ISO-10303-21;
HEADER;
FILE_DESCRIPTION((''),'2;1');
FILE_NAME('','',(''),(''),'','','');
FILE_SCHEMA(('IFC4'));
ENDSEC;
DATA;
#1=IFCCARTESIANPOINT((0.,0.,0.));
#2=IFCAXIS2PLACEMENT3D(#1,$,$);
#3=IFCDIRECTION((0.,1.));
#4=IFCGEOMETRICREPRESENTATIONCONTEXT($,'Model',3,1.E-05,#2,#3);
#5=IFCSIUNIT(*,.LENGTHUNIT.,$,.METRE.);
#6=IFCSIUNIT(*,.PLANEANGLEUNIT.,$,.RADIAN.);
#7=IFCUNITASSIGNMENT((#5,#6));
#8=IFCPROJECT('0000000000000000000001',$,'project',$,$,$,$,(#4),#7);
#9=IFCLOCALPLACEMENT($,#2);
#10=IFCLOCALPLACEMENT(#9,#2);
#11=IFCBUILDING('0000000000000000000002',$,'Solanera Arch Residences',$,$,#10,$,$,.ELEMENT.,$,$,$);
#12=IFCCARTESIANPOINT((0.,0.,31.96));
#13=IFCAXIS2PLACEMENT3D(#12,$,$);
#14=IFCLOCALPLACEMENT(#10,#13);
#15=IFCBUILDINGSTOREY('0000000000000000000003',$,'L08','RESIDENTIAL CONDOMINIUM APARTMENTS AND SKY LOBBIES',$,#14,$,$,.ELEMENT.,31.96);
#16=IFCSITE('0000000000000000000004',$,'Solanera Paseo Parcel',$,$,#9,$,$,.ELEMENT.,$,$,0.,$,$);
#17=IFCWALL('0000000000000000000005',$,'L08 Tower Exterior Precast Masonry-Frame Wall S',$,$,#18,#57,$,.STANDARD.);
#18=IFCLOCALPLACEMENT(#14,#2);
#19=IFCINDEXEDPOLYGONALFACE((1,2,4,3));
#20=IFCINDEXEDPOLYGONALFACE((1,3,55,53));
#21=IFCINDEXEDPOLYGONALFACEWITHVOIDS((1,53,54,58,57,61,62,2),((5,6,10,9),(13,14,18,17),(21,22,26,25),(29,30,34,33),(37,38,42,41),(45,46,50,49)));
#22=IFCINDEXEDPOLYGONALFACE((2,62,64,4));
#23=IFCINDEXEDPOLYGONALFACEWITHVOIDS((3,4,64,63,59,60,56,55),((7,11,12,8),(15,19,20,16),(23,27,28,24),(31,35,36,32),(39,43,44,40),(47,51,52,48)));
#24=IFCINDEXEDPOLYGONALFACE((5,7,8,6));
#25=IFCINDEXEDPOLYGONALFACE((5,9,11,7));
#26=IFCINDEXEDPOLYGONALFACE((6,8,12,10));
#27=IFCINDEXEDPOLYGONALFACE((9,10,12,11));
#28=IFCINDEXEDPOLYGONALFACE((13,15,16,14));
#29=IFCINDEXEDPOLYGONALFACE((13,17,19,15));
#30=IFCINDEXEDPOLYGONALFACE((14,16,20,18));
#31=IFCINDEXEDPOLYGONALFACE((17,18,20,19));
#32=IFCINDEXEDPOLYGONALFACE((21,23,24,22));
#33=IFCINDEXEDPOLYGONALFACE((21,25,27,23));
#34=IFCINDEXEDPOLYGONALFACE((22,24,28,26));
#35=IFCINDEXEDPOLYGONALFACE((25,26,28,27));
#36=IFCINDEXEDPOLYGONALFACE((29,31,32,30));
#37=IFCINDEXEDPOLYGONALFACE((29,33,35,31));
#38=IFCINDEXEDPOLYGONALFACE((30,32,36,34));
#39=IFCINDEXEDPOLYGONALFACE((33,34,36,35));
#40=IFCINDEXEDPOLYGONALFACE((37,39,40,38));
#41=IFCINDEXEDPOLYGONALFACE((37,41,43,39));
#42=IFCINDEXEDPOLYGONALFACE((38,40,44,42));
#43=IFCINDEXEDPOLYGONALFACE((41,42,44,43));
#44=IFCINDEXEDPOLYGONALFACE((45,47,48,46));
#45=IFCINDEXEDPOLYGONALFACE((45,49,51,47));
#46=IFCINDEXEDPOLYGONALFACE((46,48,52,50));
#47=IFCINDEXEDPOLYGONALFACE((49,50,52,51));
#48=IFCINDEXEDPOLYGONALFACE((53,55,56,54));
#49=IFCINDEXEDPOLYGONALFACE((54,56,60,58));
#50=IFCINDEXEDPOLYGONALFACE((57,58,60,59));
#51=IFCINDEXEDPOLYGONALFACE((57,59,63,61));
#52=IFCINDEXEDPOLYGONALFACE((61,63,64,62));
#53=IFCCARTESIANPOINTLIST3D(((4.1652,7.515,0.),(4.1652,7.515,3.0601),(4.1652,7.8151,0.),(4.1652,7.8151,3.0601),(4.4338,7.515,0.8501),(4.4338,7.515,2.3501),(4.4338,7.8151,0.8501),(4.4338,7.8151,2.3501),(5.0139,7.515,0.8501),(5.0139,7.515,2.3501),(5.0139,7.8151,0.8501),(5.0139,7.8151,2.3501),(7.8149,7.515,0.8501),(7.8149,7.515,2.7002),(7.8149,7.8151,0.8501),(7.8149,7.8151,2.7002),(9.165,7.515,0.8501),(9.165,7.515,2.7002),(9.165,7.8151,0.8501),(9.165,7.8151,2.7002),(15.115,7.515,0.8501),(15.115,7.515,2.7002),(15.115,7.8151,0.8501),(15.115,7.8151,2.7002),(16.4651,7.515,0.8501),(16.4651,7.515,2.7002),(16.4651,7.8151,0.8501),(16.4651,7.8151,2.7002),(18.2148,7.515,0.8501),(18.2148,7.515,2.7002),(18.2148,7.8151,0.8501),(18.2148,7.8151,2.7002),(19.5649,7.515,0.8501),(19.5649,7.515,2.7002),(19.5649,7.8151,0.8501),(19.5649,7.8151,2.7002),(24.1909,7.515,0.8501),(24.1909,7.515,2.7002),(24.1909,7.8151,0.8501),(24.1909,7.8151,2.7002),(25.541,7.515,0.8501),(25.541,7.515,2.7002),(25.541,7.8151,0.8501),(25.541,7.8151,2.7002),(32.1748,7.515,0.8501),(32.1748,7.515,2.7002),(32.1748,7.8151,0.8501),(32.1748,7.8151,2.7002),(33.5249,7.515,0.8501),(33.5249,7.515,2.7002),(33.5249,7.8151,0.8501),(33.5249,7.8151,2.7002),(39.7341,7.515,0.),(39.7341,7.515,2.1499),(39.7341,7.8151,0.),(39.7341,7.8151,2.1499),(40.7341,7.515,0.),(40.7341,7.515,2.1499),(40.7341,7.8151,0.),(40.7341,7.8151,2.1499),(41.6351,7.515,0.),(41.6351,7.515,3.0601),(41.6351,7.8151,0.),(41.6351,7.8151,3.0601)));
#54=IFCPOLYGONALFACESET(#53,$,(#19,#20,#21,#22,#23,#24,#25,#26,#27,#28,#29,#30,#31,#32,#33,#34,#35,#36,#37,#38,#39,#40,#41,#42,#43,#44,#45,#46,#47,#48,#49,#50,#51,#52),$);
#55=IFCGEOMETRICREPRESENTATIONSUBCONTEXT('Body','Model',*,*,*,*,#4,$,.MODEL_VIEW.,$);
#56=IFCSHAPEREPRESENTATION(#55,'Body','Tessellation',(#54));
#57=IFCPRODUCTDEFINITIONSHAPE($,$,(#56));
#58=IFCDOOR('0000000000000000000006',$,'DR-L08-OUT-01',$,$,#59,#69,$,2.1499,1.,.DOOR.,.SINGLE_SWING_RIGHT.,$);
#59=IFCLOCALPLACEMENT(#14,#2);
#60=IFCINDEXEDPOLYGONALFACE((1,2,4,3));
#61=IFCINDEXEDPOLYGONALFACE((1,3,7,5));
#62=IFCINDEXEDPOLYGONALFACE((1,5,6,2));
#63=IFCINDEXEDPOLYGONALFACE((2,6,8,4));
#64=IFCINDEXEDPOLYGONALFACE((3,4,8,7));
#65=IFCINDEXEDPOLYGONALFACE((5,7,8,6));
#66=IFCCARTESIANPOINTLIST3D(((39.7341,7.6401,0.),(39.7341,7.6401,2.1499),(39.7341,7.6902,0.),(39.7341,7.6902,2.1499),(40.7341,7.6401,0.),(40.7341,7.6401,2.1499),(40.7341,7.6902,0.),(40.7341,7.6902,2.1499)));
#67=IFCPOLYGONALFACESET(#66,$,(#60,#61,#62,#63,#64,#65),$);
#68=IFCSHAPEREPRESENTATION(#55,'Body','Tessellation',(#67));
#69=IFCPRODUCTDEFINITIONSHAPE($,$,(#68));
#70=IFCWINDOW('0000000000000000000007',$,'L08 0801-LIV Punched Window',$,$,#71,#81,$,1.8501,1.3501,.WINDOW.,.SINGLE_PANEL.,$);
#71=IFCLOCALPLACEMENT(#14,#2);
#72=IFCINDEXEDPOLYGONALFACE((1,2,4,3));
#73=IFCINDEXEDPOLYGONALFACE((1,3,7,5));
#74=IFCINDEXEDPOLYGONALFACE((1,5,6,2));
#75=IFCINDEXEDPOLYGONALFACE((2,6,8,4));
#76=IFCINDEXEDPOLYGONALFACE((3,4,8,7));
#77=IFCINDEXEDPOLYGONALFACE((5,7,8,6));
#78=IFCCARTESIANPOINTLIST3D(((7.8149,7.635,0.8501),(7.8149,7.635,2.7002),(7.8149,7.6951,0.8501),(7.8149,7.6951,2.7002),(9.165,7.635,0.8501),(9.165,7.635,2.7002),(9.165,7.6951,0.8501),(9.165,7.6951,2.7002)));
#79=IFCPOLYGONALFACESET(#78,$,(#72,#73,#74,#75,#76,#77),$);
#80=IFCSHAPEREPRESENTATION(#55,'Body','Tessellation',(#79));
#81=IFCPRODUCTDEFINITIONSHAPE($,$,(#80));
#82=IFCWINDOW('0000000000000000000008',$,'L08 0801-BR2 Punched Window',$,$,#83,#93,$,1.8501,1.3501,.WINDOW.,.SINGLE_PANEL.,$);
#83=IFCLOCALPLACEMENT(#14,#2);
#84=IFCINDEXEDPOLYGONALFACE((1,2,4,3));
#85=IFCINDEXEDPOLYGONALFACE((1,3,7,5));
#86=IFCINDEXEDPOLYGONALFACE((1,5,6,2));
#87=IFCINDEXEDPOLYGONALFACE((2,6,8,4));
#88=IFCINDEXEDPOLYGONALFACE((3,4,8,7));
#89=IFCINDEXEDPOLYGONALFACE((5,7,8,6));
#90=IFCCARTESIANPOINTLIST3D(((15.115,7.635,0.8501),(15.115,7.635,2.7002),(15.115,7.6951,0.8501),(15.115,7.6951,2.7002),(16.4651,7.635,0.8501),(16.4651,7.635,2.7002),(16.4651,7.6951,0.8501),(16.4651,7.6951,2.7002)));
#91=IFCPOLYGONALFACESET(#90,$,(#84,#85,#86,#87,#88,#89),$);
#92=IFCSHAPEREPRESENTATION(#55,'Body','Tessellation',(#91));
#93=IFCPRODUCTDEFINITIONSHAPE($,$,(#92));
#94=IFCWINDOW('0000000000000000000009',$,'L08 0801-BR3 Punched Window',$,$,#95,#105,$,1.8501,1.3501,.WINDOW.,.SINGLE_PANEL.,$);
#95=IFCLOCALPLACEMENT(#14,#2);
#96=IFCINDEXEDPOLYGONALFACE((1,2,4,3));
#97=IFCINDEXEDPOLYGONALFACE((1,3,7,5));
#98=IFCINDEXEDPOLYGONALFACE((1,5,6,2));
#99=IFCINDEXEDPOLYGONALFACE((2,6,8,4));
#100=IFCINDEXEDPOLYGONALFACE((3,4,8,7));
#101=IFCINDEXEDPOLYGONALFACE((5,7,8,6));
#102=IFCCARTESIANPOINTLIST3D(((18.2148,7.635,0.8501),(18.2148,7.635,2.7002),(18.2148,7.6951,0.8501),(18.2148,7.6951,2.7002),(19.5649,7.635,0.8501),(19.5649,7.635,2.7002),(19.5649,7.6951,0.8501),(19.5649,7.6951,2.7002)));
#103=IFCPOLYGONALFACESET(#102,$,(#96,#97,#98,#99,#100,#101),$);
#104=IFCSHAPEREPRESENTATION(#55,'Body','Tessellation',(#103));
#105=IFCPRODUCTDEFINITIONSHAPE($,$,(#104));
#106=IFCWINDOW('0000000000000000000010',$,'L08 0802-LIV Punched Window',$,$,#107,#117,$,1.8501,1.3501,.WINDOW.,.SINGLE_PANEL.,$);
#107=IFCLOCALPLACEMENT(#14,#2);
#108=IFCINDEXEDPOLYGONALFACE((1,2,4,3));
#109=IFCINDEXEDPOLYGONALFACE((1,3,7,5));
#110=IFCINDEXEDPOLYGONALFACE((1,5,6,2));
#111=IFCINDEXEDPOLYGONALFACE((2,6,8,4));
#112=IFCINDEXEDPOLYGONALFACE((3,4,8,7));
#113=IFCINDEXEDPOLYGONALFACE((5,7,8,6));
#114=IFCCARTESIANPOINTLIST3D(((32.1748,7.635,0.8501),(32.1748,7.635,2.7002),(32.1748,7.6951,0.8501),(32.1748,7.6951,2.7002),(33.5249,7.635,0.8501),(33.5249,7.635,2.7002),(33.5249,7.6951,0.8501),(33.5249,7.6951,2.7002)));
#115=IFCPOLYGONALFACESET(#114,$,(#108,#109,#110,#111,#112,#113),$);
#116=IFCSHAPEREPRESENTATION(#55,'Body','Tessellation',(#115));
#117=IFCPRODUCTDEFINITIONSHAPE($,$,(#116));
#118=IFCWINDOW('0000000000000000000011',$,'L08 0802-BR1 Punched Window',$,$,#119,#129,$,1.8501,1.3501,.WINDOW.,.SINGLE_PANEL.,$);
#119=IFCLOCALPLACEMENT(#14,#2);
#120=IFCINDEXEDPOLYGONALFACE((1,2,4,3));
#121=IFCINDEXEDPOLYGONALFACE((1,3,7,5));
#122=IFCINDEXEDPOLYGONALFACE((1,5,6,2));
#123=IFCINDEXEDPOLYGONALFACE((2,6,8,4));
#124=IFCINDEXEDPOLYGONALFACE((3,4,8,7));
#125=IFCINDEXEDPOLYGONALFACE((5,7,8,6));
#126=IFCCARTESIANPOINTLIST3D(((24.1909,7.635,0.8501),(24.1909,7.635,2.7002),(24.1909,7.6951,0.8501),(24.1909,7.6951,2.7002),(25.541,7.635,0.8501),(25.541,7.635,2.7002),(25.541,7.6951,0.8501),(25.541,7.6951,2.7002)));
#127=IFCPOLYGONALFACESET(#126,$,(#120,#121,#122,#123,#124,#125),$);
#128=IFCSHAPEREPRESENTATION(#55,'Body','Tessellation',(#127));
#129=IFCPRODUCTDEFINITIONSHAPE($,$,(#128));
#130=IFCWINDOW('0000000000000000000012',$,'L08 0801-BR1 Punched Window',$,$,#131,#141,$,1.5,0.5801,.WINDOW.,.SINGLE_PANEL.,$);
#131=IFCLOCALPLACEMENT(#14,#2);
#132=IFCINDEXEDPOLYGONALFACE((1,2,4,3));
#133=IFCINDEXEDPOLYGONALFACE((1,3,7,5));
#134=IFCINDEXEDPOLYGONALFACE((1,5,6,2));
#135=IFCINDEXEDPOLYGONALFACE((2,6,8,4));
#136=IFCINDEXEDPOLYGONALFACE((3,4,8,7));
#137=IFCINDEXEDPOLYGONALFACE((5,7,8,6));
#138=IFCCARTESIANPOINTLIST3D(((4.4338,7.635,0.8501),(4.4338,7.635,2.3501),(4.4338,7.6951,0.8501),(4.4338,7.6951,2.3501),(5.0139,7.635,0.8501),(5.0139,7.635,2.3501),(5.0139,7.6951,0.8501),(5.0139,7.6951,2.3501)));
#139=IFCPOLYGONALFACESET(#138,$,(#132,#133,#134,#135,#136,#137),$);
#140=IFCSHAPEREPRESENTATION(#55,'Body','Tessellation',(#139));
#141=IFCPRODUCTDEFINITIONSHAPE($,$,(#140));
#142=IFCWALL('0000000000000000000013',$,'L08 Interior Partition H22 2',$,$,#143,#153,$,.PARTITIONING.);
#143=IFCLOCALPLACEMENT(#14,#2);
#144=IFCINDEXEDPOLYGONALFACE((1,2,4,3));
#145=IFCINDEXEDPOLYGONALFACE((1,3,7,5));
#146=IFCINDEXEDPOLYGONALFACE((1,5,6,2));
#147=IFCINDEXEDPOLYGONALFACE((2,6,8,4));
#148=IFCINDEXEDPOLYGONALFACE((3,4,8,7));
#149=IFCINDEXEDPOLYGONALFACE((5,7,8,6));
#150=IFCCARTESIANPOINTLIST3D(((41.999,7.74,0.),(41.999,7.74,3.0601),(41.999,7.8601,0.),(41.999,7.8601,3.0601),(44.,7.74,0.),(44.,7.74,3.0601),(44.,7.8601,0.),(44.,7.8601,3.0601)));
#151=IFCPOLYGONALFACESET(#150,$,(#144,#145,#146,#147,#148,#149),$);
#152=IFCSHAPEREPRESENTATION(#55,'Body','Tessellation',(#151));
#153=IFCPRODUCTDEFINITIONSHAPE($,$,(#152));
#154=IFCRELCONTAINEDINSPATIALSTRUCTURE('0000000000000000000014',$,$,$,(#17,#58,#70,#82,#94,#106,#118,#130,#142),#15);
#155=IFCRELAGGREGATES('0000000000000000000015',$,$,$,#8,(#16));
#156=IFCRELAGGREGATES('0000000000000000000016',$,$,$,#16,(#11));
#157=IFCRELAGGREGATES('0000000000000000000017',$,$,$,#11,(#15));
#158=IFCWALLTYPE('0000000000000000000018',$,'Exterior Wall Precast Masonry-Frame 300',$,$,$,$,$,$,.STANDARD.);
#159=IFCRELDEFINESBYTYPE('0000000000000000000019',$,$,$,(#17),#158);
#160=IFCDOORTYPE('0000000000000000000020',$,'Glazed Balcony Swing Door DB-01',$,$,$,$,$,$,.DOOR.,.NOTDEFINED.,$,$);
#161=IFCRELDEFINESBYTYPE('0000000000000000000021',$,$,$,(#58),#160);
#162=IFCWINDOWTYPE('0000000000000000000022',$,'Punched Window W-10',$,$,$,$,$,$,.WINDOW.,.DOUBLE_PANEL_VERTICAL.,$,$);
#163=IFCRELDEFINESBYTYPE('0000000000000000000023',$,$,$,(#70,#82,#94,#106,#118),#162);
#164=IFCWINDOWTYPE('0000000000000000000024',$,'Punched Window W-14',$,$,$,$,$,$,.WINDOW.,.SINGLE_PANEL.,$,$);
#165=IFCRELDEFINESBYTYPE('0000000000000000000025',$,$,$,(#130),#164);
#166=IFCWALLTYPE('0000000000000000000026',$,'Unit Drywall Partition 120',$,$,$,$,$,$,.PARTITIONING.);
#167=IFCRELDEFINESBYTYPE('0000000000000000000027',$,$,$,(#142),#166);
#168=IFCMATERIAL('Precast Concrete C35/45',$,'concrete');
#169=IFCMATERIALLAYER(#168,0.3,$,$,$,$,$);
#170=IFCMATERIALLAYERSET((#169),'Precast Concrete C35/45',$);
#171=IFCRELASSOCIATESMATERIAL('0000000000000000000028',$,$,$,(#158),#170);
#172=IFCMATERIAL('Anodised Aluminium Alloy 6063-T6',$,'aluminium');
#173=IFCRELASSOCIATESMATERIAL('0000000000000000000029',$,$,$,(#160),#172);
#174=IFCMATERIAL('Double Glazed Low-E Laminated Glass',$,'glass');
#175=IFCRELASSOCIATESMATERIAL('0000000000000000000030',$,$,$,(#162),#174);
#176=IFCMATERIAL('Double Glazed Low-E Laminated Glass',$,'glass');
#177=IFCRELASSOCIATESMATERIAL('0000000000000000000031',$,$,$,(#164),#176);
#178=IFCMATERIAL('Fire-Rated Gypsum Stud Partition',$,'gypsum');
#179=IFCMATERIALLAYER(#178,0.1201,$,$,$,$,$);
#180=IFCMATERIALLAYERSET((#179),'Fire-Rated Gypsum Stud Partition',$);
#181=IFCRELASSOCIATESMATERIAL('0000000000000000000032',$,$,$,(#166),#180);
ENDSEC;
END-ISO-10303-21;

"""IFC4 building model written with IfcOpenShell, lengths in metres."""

from ifc_helpers import new_model, si_unit, direction, frame, frame_2d, origin, place, context, subcontext, project, spatial, rectangle, extrude, material, layer, layer_set, type_object, element, fill, save


model = new_model("IFC4")

# Units and contexts
model_context = context("Model", 3, precision=1e-05, world=origin(), true_north=direction((0.0, 1.0)))
body_context = subcontext(model_context, "Body", "Model", "MODEL_VIEW")
ifc_project = project(units=[si_unit("LENGTHUNIT", "METRE"), si_unit("PLANEANGLEUNIT", "RADIAN")], contexts=[model_context])

# Site, building, storey
site_placement = place(None, origin())
site = spatial("IfcSite", under=ifc_project, at=site_placement, Name="Solanera Paseo Parcel", CompositionType="ELEMENT", RefElevation=0.0)
building_placement = place(site_placement, origin())
building = spatial("IfcBuilding", under=site, at=building_placement, Name="Solanera Arch Residences", CompositionType="ELEMENT")
storey_placement = place(building_placement, frame((0.0, 0.0, 31.96)))
storey = spatial("IfcBuildingStorey", under=building, at=storey_placement, Name="L08", Description="RESIDENTIAL CONDOMINIUM APARTMENTS AND SKY LOBBIES", CompositionType="ELEMENT", Elevation=31.96)

# Shared definitions
ifc_material_1 = material(Name="Precast Concrete C35/45", Category="concrete")
ifc_layer_1 = layer(ifc_material_1, 0.3)
ifc_layer_set_1 = layer_set([ifc_layer_1], Name="Precast Concrete C35/45")
wall_type_1 = type_object("IfcWallType", Name="Exterior Wall Precast Masonry-Frame 300", PredefinedType="STANDARD", material=ifc_layer_set_1)

# Wall, openings, door, windows
wall_1_placement = place(storey_placement, frame((41.635, 7.665, 0.0), z_axis=(0.0, 0.0, 1.0), x_axis=(-1.0, 0.0, 0.0)))
wall_1 = element("IfcWall", 1, at=wall_1_placement, inside=storey, type_object=wall_type_1, Name="L08 Tower Exterior Precast Masonry-Frame Wall S", PredefinedType="STANDARD", context=body_context, shape_type="SweptSolid", body=[
    extrude(rectangle(XDim=37.47, YDim=0.3, at=frame_2d((18.7349, 0.0))), origin(), (0.0, 0.0, 1.0), 3.0601),
])
opening_1_placement = place(wall_1_placement, frame((0.9009, 0.0, 0.0)))
opening_1 = element("IfcOpeningElement", 2, at=opening_1_placement, cuts=wall_1, PredefinedType="OPENING", context=body_context, shape_type="SweptSolid", body=[
    extrude(rectangle(XDim=1.0, YDim=2.1499, at=frame_2d((0.5, 1.075))), frame((0.0, 0.1599, 0.0), z_axis=(0.0, -1.0, 0.0), x_axis=(1.0, 0.0, 0.0)), (0.0, 0.0, 1.0), 0.32),
])
opening_2_placement = place(wall_1_placement, frame((32.47, 0.0, 0.8501)))
opening_2 = element("IfcOpeningElement", 3, at=opening_2_placement, cuts=wall_1, PredefinedType="OPENING", context=body_context, shape_type="SweptSolid", body=[
    extrude(rectangle(XDim=1.3501, YDim=1.8501, at=frame_2d((0.675, 0.925))), frame((0.0, 0.1599, 0.0), z_axis=(0.0, -1.0, 0.0), x_axis=(1.0, 0.0, 0.0)), (0.0, 0.0, 1.0), 0.32),
])
opening_3_placement = place(wall_1_placement, frame((36.6211, 0.0, 0.8501)))
opening_3 = element("IfcOpeningElement", 4, at=opening_3_placement, cuts=wall_1, PredefinedType="OPENING", context=body_context, shape_type="SweptSolid", body=[
    extrude(rectangle(XDim=0.5801, YDim=1.5, at=frame_2d((0.29, 0.75))), frame((0.0, 0.1599, 0.0), z_axis=(0.0, -1.0, 0.0), x_axis=(1.0, 0.0, 0.0)), (0.0, 0.0, 1.0), 0.32),
])
opening_4_placement = place(wall_1_placement, frame((25.1699, 0.0, 0.8501)))
opening_4 = element("IfcOpeningElement", 5, at=opening_4_placement, cuts=wall_1, PredefinedType="OPENING", context=body_context, shape_type="SweptSolid", body=[
    extrude(rectangle(XDim=1.3501, YDim=1.8501, at=frame_2d((0.675, 0.925))), frame((0.0, 0.1599, 0.0), z_axis=(0.0, -1.0, 0.0), x_axis=(1.0, 0.0, 0.0)), (0.0, 0.0, 1.0), 0.32),
])
opening_5_placement = place(wall_1_placement, frame((22.0701, 0.0, 0.8501)))
opening_5 = element("IfcOpeningElement", 6, at=opening_5_placement, cuts=wall_1, PredefinedType="OPENING", context=body_context, shape_type="SweptSolid", body=[
    extrude(rectangle(XDim=1.3501, YDim=1.8501, at=frame_2d((0.675, 0.925))), frame((0.0, 0.1599, 0.0), z_axis=(0.0, -1.0, 0.0), x_axis=(1.0, 0.0, 0.0)), (0.0, 0.0, 1.0), 0.32),
])
opening_6_placement = place(wall_1_placement, frame((8.1101, 0.0, 0.8501)))
opening_6 = element("IfcOpeningElement", 7, at=opening_6_placement, cuts=wall_1, PredefinedType="OPENING", context=body_context, shape_type="SweptSolid", body=[
    extrude(rectangle(XDim=1.3501, YDim=1.8501, at=frame_2d((0.675, 0.925))), frame((0.0, 0.1599, 0.0), z_axis=(0.0, -1.0, 0.0), x_axis=(1.0, 0.0, 0.0)), (0.0, 0.0, 1.0), 0.32),
])
opening_7_placement = place(wall_1_placement, frame((16.094, 0.0, 0.8501)))
opening_7 = element("IfcOpeningElement", 8, at=opening_7_placement, cuts=wall_1, PredefinedType="OPENING", context=body_context, shape_type="SweptSolid", body=[
    extrude(rectangle(XDim=1.3501, YDim=1.8501, at=frame_2d((0.675, 0.925))), frame((0.0, 0.1599, 0.0), z_axis=(0.0, -1.0, 0.0), x_axis=(1.0, 0.0, 0.0)), (0.0, 0.0, 1.0), 0.32),
])
ifc_material_2 = material(Name="Anodised Aluminium Alloy 6063-T6", Category="aluminium")
door_type_1 = type_object("IfcDoorType", Name="Glazed Balcony Swing Door DB-01", OperationType="NOTDEFINED", PredefinedType="DOOR", material=ifc_material_2)
door_1_placement = place(opening_1_placement, origin())
door_1 = element("IfcDoor", 9, at=door_1_placement, inside=storey, type_object=door_type_1, Name="DR-L08-OUT-01", OperationType="SINGLE_SWING_RIGHT", OverallHeight=2.1499, OverallWidth=1.0, PredefinedType="DOOR", context=body_context, shape_type="SweptSolid", body=[
    extrude(rectangle(XDim=1.0, YDim=2.1499, at=frame_2d((0.5, 1.075))), frame((0.0, 0.0249, 0.0), z_axis=(0.0, -1.0, 0.0), x_axis=(1.0, 0.0, 0.0)), (0.0, 0.0, 1.0), 0.05),
])
fill(opening_1, door_1)
ifc_material_3 = material(Name="Double Glazed Low-E Laminated Glass", Category="glass")
window_type_1 = type_object("IfcWindowType", Name="Punched Window W-10", PartitioningType="DOUBLE_PANEL_VERTICAL", PredefinedType="WINDOW", material=ifc_material_3)
window_1_placement = place(opening_2_placement, origin())
window_1 = element("IfcWindow", 10, at=window_1_placement, inside=storey, type_object=window_type_1, Name="L08 0801-LIV Punched Window", OverallHeight=1.8501, OverallWidth=1.3501, PartitioningType="SINGLE_PANEL", PredefinedType="WINDOW", context=body_context, shape_type="SweptSolid", body=[
    extrude(rectangle(XDim=1.3501, YDim=1.8501, at=frame_2d((0.675, 0.925))), frame((0.0, 0.03, 0.0), z_axis=(0.0, -1.0, 0.0), x_axis=(1.0, 0.0, 0.0)), (0.0, 0.0, 1.0), 0.0601),
])
fill(opening_2, window_1)
window_2_placement = place(opening_4_placement, origin())
window_2 = element("IfcWindow", 11, at=window_2_placement, inside=storey, type_object=window_type_1, Name="L08 0801-BR2 Punched Window", OverallHeight=1.8501, OverallWidth=1.3501, PartitioningType="SINGLE_PANEL", PredefinedType="WINDOW", context=body_context, shape_type="SweptSolid", body=[
    extrude(rectangle(XDim=1.3501, YDim=1.8501, at=frame_2d((0.675, 0.925))), frame((0.0, 0.03, 0.0), z_axis=(0.0, -1.0, 0.0), x_axis=(1.0, 0.0, 0.0)), (0.0, 0.0, 1.0), 0.0601),
])
fill(opening_4, window_2)
window_3_placement = place(opening_5_placement, origin())
window_3 = element("IfcWindow", 12, at=window_3_placement, inside=storey, type_object=window_type_1, Name="L08 0801-BR3 Punched Window", OverallHeight=1.8501, OverallWidth=1.3501, PartitioningType="SINGLE_PANEL", PredefinedType="WINDOW", context=body_context, shape_type="SweptSolid", body=[
    extrude(rectangle(XDim=1.3501, YDim=1.8501, at=frame_2d((0.675, 0.925))), frame((0.0, 0.03, 0.0), z_axis=(0.0, -1.0, 0.0), x_axis=(1.0, 0.0, 0.0)), (0.0, 0.0, 1.0), 0.0601),
])
fill(opening_5, window_3)
window_4_placement = place(opening_6_placement, origin())
window_4 = element("IfcWindow", 13, at=window_4_placement, inside=storey, type_object=window_type_1, Name="L08 0802-LIV Punched Window", OverallHeight=1.8501, OverallWidth=1.3501, PartitioningType="SINGLE_PANEL", PredefinedType="WINDOW", context=body_context, shape_type="SweptSolid", body=[
    extrude(rectangle(XDim=1.3501, YDim=1.8501, at=frame_2d((0.675, 0.925))), frame((0.0, 0.03, 0.0), z_axis=(0.0, -1.0, 0.0), x_axis=(1.0, 0.0, 0.0)), (0.0, 0.0, 1.0), 0.0601),
])
fill(opening_6, window_4)
window_5_placement = place(opening_7_placement, origin())
window_5 = element("IfcWindow", 14, at=window_5_placement, inside=storey, type_object=window_type_1, Name="L08 0802-BR1 Punched Window", OverallHeight=1.8501, OverallWidth=1.3501, PartitioningType="SINGLE_PANEL", PredefinedType="WINDOW", context=body_context, shape_type="SweptSolid", body=[
    extrude(rectangle(XDim=1.3501, YDim=1.8501, at=frame_2d((0.675, 0.925))), frame((0.0, 0.03, 0.0), z_axis=(0.0, -1.0, 0.0), x_axis=(1.0, 0.0, 0.0)), (0.0, 0.0, 1.0), 0.0601),
])
fill(opening_7, window_5)
ifc_material_4 = material(Name="Double Glazed Low-E Laminated Glass", Category="glass")
window_type_2 = type_object("IfcWindowType", Name="Punched Window W-14", PartitioningType="SINGLE_PANEL", PredefinedType="WINDOW", material=ifc_material_4)
window_6_placement = place(opening_3_placement, origin())
window_6 = element("IfcWindow", 15, at=window_6_placement, inside=storey, type_object=window_type_2, Name="L08 0801-BR1 Punched Window", OverallHeight=1.5, OverallWidth=0.5801, PartitioningType="SINGLE_PANEL", PredefinedType="WINDOW", context=body_context, shape_type="SweptSolid", body=[
    extrude(rectangle(XDim=0.5801, YDim=1.5, at=frame_2d((0.29, 0.75))), frame((0.0, 0.03, 0.0), z_axis=(0.0, -1.0, 0.0), x_axis=(1.0, 0.0, 0.0)), (0.0, 0.0, 1.0), 0.0601),
])
fill(opening_3, window_6)

# Wall
ifc_material_5 = material(Name="Fire-Rated Gypsum Stud Partition", Category="gypsum")
ifc_layer_2 = layer(ifc_material_5, 0.1201)
ifc_layer_set_2 = layer_set([ifc_layer_2], Name="Fire-Rated Gypsum Stud Partition")
wall_type_2 = type_object("IfcWallType", Name="Unit Drywall Partition 120", PredefinedType="PARTITIONING", material=ifc_layer_set_2)
wall_2_placement = place(storey_placement, frame((41.999, 7.8, 0.0), z_axis=(0.0, 0.0, 1.0), x_axis=(1.0, 0.0, 0.0)))
element("IfcWall", 16, at=wall_2_placement, inside=storey, type_object=wall_type_2, Name="L08 Interior Partition H22 2", PredefinedType="PARTITIONING", context=body_context, shape_type="SweptSolid", body=[
    extrude(rectangle(XDim=2.001, YDim=0.1201, at=frame_2d((1.0005, 0.0))), origin(), (0.0, 0.0, 1.0), 3.0601),
])

save(model, "model.ifc")
